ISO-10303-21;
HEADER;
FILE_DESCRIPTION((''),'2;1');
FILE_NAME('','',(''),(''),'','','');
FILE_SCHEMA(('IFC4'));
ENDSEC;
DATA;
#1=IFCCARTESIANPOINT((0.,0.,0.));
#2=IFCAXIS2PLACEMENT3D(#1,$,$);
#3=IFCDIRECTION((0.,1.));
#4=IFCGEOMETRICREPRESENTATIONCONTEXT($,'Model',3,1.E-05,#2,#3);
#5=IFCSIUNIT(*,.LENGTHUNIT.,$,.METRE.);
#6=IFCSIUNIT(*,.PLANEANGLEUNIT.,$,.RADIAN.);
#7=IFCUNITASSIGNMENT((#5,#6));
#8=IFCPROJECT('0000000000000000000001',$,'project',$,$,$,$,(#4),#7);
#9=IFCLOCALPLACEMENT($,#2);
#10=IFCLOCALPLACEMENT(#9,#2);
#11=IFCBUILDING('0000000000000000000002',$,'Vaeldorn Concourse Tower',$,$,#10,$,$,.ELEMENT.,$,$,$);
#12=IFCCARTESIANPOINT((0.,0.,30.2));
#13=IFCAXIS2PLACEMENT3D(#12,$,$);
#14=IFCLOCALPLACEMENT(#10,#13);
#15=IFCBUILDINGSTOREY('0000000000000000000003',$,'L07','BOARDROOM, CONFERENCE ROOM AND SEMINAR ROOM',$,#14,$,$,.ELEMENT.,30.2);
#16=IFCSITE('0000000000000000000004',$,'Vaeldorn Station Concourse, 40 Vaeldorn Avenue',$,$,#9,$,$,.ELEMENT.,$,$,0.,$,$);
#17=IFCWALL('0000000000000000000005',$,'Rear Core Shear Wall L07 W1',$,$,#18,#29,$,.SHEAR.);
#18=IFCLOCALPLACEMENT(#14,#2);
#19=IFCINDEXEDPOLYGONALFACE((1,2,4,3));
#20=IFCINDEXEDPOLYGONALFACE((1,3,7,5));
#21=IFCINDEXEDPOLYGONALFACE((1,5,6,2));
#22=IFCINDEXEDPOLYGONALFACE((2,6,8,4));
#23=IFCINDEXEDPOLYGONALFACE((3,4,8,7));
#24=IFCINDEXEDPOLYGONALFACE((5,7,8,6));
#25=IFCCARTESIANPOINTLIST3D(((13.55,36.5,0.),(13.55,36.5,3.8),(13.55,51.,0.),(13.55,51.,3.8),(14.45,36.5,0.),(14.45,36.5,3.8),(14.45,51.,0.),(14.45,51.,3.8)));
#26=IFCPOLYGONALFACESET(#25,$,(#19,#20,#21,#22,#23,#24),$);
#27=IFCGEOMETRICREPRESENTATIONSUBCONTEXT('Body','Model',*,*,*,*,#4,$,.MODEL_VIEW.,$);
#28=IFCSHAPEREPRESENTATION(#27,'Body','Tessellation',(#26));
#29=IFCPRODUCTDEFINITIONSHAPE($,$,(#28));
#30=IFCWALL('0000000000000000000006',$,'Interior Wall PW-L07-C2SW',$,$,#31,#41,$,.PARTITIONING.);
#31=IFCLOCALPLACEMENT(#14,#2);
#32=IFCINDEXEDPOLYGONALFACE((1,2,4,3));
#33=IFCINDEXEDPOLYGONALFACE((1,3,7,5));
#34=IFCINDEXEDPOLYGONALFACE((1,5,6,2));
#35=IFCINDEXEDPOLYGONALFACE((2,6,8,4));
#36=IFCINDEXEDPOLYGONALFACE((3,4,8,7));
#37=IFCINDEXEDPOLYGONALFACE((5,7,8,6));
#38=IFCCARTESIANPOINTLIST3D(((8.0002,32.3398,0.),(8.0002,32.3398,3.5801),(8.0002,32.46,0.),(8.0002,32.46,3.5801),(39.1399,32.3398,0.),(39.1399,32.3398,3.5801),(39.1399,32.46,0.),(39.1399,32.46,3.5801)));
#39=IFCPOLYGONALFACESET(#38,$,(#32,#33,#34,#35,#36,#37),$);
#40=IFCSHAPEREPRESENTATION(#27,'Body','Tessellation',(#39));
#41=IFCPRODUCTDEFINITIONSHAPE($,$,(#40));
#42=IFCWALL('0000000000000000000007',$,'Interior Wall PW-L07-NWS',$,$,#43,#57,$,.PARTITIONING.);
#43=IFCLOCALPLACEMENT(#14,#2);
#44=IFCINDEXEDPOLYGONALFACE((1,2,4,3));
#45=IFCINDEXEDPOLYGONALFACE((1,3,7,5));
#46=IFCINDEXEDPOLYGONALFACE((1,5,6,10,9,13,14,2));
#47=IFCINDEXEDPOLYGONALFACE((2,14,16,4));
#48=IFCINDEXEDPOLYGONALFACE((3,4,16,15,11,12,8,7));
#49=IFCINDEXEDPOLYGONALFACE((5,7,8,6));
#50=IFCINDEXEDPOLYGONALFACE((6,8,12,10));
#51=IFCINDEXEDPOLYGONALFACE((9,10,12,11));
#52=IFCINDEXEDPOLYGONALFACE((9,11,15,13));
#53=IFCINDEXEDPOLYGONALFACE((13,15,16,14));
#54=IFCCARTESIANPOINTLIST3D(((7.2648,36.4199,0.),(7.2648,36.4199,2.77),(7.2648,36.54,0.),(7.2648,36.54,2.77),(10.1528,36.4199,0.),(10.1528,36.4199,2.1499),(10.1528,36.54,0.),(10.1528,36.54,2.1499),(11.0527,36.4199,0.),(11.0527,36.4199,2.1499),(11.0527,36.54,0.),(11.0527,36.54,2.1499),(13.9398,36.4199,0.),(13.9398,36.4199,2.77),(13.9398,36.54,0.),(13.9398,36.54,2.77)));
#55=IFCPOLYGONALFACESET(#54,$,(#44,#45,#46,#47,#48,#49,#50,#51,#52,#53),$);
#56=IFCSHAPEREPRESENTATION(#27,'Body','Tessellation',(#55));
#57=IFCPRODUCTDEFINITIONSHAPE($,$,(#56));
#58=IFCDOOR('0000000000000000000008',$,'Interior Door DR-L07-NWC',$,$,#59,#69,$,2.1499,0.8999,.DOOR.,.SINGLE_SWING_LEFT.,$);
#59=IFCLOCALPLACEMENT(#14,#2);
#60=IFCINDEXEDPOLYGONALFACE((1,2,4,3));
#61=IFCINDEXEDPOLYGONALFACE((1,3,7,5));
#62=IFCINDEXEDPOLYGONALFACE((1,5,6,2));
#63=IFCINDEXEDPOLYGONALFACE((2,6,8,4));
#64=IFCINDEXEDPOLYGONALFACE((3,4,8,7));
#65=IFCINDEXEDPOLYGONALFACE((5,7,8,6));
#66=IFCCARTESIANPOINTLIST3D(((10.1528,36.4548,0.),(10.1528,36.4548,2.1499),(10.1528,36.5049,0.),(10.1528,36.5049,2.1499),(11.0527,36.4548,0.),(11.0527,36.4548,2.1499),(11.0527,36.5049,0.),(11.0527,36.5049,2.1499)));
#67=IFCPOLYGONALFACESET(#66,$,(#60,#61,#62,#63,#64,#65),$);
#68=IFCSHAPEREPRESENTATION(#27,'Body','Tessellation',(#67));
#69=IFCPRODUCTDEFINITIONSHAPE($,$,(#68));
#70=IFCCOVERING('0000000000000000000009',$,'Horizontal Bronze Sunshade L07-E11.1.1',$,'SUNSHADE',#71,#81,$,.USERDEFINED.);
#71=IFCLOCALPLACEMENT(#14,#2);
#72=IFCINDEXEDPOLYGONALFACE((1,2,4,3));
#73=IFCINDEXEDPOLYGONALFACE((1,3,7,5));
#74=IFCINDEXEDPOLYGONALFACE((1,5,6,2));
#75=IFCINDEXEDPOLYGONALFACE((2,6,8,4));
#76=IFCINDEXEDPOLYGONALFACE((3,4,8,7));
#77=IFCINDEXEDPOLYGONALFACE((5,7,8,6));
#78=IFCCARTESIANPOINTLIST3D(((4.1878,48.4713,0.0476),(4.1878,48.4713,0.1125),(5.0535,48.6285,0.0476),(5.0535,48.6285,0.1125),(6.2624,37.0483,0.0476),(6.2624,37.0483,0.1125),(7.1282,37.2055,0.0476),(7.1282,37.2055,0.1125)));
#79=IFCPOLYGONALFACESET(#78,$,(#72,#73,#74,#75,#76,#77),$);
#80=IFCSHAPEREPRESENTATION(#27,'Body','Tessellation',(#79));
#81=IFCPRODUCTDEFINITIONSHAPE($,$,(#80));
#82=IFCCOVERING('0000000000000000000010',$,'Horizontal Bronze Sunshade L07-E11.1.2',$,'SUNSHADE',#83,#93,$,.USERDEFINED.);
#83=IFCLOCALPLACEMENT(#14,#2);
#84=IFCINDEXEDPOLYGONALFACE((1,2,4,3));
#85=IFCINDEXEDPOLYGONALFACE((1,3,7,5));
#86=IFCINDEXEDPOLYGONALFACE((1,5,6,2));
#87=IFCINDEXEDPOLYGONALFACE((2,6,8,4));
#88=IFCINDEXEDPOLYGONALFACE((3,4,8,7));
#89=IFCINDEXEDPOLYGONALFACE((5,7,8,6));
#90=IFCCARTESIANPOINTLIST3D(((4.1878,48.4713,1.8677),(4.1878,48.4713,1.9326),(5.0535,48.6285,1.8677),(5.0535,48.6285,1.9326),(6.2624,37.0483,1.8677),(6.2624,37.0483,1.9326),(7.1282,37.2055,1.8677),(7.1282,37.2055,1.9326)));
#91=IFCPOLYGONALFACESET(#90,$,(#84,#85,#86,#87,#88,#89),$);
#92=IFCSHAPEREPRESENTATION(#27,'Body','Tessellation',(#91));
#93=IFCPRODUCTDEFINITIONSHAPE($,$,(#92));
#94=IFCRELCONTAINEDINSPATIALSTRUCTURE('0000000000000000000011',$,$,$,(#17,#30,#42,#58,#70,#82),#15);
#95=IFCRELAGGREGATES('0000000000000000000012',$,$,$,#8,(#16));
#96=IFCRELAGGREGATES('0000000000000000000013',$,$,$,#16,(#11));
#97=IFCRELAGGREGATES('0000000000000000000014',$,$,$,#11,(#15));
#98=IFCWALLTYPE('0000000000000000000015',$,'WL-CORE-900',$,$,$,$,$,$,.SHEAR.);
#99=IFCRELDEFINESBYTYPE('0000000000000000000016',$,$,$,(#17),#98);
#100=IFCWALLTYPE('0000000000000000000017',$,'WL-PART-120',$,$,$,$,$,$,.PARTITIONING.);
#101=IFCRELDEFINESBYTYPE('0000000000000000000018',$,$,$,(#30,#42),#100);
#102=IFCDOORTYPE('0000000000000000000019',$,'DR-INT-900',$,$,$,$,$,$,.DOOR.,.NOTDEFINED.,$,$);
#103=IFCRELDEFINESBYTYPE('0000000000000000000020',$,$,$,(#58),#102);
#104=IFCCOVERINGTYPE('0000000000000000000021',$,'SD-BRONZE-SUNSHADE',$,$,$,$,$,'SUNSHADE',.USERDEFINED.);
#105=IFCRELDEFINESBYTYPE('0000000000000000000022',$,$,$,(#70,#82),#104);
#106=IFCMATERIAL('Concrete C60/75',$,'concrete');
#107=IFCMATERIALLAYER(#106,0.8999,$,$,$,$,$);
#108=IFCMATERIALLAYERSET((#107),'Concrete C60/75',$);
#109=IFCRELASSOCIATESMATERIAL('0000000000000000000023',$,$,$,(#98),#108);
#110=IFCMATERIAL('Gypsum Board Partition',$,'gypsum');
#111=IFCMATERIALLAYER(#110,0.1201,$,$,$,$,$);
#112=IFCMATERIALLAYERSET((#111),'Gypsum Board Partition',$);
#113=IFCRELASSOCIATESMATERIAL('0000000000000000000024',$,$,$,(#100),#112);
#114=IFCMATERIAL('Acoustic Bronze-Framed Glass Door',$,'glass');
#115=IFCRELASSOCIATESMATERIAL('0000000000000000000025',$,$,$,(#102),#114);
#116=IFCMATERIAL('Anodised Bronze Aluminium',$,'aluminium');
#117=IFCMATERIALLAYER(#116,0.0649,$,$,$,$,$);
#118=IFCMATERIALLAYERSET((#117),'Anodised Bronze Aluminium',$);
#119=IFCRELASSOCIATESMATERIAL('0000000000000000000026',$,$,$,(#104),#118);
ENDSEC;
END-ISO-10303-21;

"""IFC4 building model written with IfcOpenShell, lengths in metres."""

from ifc_helpers import new_model, si_unit, direction, frame, frame_2d, origin, origin_2d, place, context, subcontext, project, spatial, rectangle, extrude, source, transform, mapped, material, layer, layer_set, type_object, element, fill, save


model = new_model("IFC4")

# Units and contexts
model_context = context("Model", 3, precision=1e-05, world=origin(), true_north=direction((0.0, 1.0)))
body_context = subcontext(model_context, "Body", "Model", "MODEL_VIEW")
ifc_project = project(units=[si_unit("LENGTHUNIT", "METRE"), si_unit("PLANEANGLEUNIT", "RADIAN")], contexts=[model_context])

# Site, building, storey
site_placement = place(None, origin())
site = spatial("IfcSite", under=ifc_project, at=site_placement, Name="Vaeldorn Station Concourse, 40 Vaeldorn Avenue", CompositionType="ELEMENT", RefElevation=0.0)
building_placement = place(site_placement, origin())
building = spatial("IfcBuilding", under=site, at=building_placement, Name="Vaeldorn Concourse Tower", CompositionType="ELEMENT")
storey_placement = place(building_placement, frame((0.0, 0.0, 30.2)))
storey = spatial("IfcBuildingStorey", under=building, at=storey_placement, Name="L07", Description="BOARDROOM, CONFERENCE ROOM AND SEMINAR ROOM", CompositionType="ELEMENT", Elevation=30.2)

# Shared definitions
ifc_material_1 = material(Name="Concrete C60/75", Category="concrete")

# Shared definitions
ifc_material_2 = material(Name="Anodised Bronze Aluminium", Category="aluminium")

# Walls
ifc_layer_1 = layer(ifc_material_1, 0.8999)
ifc_layer_set_1 = layer_set([ifc_layer_1], Name="Concrete C60/75")
wall_type_1 = type_object("IfcWallType", Name="WL-CORE-900", PredefinedType="SHEAR", material=ifc_layer_set_1)
wall_1_placement = place(storey_placement, frame((14.0, 36.5, 0.0), z_axis=(0.0, 0.0, 1.0), x_axis=(0.0, 1.0, 0.0)))
element("IfcWall", 1, at=wall_1_placement, inside=storey, type_object=wall_type_1, Name="Rear Core Shear Wall L07 W1", PredefinedType="SHEAR", context=body_context, shape_type="SweptSolid", body=[
    extrude(rectangle(XDim=14.5, YDim=0.8999, at=frame_2d((7.25, 0.0))), origin(), (0.0, 0.0, 1.0), 3.8),
])
ifc_material_3 = material(Name="Gypsum Board Partition", Category="gypsum")
ifc_layer_2 = layer(ifc_material_3, 0.1201)
ifc_layer_set_2 = layer_set([ifc_layer_2], Name="Gypsum Board Partition")
wall_type_2 = type_object("IfcWallType", Name="WL-PART-120", PredefinedType="PARTITIONING", material=ifc_layer_set_2)
wall_2_placement = place(storey_placement, frame((8.0002, 32.3999, 0.0), z_axis=(0.0, 0.0, 1.0), x_axis=(1.0, 0.0, 0.0)))
element("IfcWall", 2, at=wall_2_placement, inside=storey, type_object=wall_type_2, Name="Interior Wall PW-L07-C2SW", PredefinedType="PARTITIONING", context=body_context, shape_type="SweptSolid", body=[
    extrude(rectangle(XDim=31.1396, YDim=0.1201, at=frame_2d((15.5698, 0.0))), origin(), (0.0, 0.0, 1.0), 3.5801),
])

# Wall, opening, door
wall_3_placement = place(storey_placement, frame((7.2649, 36.48, 0.0), z_axis=(0.0, 0.0, 1.0), x_axis=(1.0, 0.0, 0.0)))
wall_3 = element("IfcWall", 3, at=wall_3_placement, inside=storey, type_object=wall_type_2, Name="Interior Wall PW-L07-NWS", PredefinedType="PARTITIONING", context=body_context, shape_type="SweptSolid", body=[
    extrude(rectangle(XDim=6.675, YDim=0.1201, at=frame_2d((3.3374, 0.0))), origin(), (0.0, 0.0, 1.0), 2.77),
])
opening_1_placement = place(wall_3_placement, frame((2.8879, 0.0, 0.0)))
opening_1 = element("IfcOpeningElement", 4, at=opening_1_placement, cuts=wall_3, PredefinedType="OPENING", context=body_context, shape_type="SweptSolid", body=[
    extrude(rectangle(XDim=0.8999, YDim=2.1499, at=frame_2d((0.45, 1.075))), frame((0.0, 0.0701, 0.0), z_axis=(0.0, -1.0, 0.0), x_axis=(1.0, 0.0, 0.0)), (0.0, 0.0, 1.0), 0.1401),
])
ifc_material_4 = material(Name="Acoustic Bronze-Framed Glass Door", Category="glass")
door_type_1 = type_object("IfcDoorType", Name="DR-INT-900", OperationType="NOTDEFINED", PredefinedType="DOOR", material=ifc_material_4)
shared_shape_1 = source(origin(), body_context, "Body", "SweptSolid", [
    extrude(rectangle(XDim=0.8999, YDim=2.1499, at=frame_2d((0.45, 1.075))), frame((0.0, 0.0249, 0.0), z_axis=(0.0, -1.0, 0.0), x_axis=(1.0, 0.0, 0.0)), (0.0, 0.0, 1.0), 0.05),
])
door_1_placement = place(opening_1_placement, origin())
door_1 = element("IfcDoor", 5, at=door_1_placement, inside=storey, type_object=door_type_1, Name="Interior Door DR-L07-NWC", OperationType="SINGLE_SWING_LEFT", OverallHeight=2.1499, OverallWidth=0.8999, PredefinedType="DOOR", context=body_context, shape_type="MappedRepresentation", body=[
    mapped(shared_shape_1, transform((0.0, 0.0, 0.0), scale=1.0)),
])
fill(opening_1, door_1)

# Coverings
ifc_layer_3 = layer(ifc_material_2, 0.0649)
ifc_layer_set_3 = layer_set([ifc_layer_3], Name="Anodised Bronze Aluminium")
covering_type = type_object("IfcCoveringType", Name="SD-BRONZE-SUNSHADE", ElementType="SUNSHADE", PredefinedType="USERDEFINED", material=ifc_layer_set_3)
shared_shape_2 = source(origin(), body_context, "Body", "SweptSolid", [
    extrude(rectangle(XDim=11.6099, YDim=0.8799, at=origin_2d()), origin(), (0.0, 0.0, 1.0), 0.0649),
])
for number, where, z_axis, x_axis, name in (
    (6, (5.658, 42.8384, 0.0476), (0.0, 0.0, 1.0), (0.178699, -0.983904, 0.0), "Horizontal Bronze Sunshade L07-E11.1.1"),
    (7, (5.658, 42.8384, 1.8677), (0.0, 0.0, 1.0), (0.178699, -0.983904, 0.0), "Horizontal Bronze Sunshade L07-E11.1.2"),
):
    element("IfcCovering", number, at=place(storey_placement, frame(where, z_axis=z_axis, x_axis=x_axis)), inside=storey, type_object=covering_type, Name=name, ObjectType="SUNSHADE", PredefinedType="USERDEFINED", context=body_context, shape_type="MappedRepresentation", body=[
        mapped(shared_shape_2, transform((0.0, 0.0, 0.0), scale=1.0)),
    ])

save(model, "model.ifc")
